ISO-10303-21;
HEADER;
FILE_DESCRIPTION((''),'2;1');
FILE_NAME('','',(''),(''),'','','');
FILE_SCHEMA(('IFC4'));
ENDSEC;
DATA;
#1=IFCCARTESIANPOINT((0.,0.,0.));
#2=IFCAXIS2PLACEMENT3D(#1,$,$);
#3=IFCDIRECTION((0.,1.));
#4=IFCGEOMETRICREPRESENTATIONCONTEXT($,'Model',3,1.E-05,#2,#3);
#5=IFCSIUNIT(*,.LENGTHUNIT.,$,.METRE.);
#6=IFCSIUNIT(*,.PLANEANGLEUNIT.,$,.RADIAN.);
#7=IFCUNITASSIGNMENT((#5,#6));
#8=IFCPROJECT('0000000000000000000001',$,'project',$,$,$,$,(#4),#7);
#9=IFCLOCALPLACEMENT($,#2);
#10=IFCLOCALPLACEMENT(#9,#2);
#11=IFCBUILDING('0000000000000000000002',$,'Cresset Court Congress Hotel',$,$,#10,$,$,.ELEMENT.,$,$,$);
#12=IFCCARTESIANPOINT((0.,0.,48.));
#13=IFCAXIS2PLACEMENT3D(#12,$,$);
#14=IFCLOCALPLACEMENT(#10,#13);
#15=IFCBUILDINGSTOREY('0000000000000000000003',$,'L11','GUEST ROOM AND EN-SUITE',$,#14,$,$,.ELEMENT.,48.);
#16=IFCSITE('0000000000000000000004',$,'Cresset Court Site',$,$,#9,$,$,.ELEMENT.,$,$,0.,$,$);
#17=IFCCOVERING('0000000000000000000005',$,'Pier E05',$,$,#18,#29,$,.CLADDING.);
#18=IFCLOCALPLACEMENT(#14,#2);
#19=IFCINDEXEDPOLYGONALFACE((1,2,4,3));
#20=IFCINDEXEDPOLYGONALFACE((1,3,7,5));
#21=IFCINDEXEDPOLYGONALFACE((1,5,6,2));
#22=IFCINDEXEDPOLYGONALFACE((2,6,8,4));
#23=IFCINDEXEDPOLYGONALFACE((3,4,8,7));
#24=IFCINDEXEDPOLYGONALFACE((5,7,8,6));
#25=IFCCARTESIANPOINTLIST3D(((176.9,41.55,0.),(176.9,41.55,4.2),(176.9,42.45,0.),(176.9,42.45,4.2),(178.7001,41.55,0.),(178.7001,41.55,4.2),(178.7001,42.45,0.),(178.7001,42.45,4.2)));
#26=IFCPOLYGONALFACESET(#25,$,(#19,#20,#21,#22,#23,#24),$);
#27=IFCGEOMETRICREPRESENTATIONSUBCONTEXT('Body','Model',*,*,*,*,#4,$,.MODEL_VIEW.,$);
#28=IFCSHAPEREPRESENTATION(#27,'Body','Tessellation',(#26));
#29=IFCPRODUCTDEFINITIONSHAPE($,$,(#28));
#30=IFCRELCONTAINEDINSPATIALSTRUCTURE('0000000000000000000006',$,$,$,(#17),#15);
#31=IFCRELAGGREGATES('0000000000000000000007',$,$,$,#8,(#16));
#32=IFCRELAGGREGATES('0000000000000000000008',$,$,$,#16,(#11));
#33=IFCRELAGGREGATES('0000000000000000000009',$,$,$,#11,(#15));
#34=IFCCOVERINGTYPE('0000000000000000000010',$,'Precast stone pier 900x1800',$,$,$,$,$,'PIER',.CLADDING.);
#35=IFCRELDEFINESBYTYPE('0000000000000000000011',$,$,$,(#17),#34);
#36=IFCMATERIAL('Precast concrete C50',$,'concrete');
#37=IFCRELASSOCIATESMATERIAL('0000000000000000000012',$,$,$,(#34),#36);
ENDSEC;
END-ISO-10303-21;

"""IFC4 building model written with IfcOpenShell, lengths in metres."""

from ifc_helpers import new_model, si_unit, direction, frame, origin, origin_2d, place, context, subcontext, project, spatial, rectangle, extrude, material, type_object, element, save


model = new_model("IFC4")

# Units and contexts
model_context = context("Model", 3, precision=1e-05, world=origin(), true_north=direction((0.0, 1.0)))
body_context = subcontext(model_context, "Body", "Model", "MODEL_VIEW")
ifc_project = project(units=[si_unit("LENGTHUNIT", "METRE"), si_unit("PLANEANGLEUNIT", "RADIAN")], contexts=[model_context])

# Site, building, storey
site_placement = place(None, origin())
site = spatial("IfcSite", under=ifc_project, at=site_placement, Name="Cresset Court Site", CompositionType="ELEMENT", RefElevation=0.0)
building_placement = place(site_placement, origin())
building = spatial("IfcBuilding", under=site, at=building_placement, Name="Cresset Court Congress Hotel", CompositionType="ELEMENT")
storey_placement = place(building_placement, frame((0.0, 0.0, 48.0)))
storey = spatial("IfcBuildingStorey", under=building, at=storey_placement, Name="L11", Description="GUEST ROOM AND EN-SUITE", CompositionType="ELEMENT", Elevation=48.0)

# Covering
ifc_material_1 = material(Name="Precast concrete C50", Category="concrete")
covering_type_1 = type_object("IfcCoveringType", Name="Precast stone pier 900x1800", ElementType="PIER", PredefinedType="CLADDING", material=ifc_material_1)
covering_placement = place(storey_placement, frame((177.8, 42.0, 0.0), z_axis=(0.0, 0.0, 1.0), x_axis=(1.0, 0.0, 0.0)))
element("IfcCovering", 1, at=covering_placement, inside=storey, type_object=covering_type_1, Name="Pier E05", PredefinedType="CLADDING", context=body_context, shape_type="SweptSolid", body=[
    extrude(rectangle(XDim=1.8, YDim=0.8999, at=origin_2d()), origin(), (0.0, 0.0, 1.0), 4.2),
])

save(model, "model.ifc")
